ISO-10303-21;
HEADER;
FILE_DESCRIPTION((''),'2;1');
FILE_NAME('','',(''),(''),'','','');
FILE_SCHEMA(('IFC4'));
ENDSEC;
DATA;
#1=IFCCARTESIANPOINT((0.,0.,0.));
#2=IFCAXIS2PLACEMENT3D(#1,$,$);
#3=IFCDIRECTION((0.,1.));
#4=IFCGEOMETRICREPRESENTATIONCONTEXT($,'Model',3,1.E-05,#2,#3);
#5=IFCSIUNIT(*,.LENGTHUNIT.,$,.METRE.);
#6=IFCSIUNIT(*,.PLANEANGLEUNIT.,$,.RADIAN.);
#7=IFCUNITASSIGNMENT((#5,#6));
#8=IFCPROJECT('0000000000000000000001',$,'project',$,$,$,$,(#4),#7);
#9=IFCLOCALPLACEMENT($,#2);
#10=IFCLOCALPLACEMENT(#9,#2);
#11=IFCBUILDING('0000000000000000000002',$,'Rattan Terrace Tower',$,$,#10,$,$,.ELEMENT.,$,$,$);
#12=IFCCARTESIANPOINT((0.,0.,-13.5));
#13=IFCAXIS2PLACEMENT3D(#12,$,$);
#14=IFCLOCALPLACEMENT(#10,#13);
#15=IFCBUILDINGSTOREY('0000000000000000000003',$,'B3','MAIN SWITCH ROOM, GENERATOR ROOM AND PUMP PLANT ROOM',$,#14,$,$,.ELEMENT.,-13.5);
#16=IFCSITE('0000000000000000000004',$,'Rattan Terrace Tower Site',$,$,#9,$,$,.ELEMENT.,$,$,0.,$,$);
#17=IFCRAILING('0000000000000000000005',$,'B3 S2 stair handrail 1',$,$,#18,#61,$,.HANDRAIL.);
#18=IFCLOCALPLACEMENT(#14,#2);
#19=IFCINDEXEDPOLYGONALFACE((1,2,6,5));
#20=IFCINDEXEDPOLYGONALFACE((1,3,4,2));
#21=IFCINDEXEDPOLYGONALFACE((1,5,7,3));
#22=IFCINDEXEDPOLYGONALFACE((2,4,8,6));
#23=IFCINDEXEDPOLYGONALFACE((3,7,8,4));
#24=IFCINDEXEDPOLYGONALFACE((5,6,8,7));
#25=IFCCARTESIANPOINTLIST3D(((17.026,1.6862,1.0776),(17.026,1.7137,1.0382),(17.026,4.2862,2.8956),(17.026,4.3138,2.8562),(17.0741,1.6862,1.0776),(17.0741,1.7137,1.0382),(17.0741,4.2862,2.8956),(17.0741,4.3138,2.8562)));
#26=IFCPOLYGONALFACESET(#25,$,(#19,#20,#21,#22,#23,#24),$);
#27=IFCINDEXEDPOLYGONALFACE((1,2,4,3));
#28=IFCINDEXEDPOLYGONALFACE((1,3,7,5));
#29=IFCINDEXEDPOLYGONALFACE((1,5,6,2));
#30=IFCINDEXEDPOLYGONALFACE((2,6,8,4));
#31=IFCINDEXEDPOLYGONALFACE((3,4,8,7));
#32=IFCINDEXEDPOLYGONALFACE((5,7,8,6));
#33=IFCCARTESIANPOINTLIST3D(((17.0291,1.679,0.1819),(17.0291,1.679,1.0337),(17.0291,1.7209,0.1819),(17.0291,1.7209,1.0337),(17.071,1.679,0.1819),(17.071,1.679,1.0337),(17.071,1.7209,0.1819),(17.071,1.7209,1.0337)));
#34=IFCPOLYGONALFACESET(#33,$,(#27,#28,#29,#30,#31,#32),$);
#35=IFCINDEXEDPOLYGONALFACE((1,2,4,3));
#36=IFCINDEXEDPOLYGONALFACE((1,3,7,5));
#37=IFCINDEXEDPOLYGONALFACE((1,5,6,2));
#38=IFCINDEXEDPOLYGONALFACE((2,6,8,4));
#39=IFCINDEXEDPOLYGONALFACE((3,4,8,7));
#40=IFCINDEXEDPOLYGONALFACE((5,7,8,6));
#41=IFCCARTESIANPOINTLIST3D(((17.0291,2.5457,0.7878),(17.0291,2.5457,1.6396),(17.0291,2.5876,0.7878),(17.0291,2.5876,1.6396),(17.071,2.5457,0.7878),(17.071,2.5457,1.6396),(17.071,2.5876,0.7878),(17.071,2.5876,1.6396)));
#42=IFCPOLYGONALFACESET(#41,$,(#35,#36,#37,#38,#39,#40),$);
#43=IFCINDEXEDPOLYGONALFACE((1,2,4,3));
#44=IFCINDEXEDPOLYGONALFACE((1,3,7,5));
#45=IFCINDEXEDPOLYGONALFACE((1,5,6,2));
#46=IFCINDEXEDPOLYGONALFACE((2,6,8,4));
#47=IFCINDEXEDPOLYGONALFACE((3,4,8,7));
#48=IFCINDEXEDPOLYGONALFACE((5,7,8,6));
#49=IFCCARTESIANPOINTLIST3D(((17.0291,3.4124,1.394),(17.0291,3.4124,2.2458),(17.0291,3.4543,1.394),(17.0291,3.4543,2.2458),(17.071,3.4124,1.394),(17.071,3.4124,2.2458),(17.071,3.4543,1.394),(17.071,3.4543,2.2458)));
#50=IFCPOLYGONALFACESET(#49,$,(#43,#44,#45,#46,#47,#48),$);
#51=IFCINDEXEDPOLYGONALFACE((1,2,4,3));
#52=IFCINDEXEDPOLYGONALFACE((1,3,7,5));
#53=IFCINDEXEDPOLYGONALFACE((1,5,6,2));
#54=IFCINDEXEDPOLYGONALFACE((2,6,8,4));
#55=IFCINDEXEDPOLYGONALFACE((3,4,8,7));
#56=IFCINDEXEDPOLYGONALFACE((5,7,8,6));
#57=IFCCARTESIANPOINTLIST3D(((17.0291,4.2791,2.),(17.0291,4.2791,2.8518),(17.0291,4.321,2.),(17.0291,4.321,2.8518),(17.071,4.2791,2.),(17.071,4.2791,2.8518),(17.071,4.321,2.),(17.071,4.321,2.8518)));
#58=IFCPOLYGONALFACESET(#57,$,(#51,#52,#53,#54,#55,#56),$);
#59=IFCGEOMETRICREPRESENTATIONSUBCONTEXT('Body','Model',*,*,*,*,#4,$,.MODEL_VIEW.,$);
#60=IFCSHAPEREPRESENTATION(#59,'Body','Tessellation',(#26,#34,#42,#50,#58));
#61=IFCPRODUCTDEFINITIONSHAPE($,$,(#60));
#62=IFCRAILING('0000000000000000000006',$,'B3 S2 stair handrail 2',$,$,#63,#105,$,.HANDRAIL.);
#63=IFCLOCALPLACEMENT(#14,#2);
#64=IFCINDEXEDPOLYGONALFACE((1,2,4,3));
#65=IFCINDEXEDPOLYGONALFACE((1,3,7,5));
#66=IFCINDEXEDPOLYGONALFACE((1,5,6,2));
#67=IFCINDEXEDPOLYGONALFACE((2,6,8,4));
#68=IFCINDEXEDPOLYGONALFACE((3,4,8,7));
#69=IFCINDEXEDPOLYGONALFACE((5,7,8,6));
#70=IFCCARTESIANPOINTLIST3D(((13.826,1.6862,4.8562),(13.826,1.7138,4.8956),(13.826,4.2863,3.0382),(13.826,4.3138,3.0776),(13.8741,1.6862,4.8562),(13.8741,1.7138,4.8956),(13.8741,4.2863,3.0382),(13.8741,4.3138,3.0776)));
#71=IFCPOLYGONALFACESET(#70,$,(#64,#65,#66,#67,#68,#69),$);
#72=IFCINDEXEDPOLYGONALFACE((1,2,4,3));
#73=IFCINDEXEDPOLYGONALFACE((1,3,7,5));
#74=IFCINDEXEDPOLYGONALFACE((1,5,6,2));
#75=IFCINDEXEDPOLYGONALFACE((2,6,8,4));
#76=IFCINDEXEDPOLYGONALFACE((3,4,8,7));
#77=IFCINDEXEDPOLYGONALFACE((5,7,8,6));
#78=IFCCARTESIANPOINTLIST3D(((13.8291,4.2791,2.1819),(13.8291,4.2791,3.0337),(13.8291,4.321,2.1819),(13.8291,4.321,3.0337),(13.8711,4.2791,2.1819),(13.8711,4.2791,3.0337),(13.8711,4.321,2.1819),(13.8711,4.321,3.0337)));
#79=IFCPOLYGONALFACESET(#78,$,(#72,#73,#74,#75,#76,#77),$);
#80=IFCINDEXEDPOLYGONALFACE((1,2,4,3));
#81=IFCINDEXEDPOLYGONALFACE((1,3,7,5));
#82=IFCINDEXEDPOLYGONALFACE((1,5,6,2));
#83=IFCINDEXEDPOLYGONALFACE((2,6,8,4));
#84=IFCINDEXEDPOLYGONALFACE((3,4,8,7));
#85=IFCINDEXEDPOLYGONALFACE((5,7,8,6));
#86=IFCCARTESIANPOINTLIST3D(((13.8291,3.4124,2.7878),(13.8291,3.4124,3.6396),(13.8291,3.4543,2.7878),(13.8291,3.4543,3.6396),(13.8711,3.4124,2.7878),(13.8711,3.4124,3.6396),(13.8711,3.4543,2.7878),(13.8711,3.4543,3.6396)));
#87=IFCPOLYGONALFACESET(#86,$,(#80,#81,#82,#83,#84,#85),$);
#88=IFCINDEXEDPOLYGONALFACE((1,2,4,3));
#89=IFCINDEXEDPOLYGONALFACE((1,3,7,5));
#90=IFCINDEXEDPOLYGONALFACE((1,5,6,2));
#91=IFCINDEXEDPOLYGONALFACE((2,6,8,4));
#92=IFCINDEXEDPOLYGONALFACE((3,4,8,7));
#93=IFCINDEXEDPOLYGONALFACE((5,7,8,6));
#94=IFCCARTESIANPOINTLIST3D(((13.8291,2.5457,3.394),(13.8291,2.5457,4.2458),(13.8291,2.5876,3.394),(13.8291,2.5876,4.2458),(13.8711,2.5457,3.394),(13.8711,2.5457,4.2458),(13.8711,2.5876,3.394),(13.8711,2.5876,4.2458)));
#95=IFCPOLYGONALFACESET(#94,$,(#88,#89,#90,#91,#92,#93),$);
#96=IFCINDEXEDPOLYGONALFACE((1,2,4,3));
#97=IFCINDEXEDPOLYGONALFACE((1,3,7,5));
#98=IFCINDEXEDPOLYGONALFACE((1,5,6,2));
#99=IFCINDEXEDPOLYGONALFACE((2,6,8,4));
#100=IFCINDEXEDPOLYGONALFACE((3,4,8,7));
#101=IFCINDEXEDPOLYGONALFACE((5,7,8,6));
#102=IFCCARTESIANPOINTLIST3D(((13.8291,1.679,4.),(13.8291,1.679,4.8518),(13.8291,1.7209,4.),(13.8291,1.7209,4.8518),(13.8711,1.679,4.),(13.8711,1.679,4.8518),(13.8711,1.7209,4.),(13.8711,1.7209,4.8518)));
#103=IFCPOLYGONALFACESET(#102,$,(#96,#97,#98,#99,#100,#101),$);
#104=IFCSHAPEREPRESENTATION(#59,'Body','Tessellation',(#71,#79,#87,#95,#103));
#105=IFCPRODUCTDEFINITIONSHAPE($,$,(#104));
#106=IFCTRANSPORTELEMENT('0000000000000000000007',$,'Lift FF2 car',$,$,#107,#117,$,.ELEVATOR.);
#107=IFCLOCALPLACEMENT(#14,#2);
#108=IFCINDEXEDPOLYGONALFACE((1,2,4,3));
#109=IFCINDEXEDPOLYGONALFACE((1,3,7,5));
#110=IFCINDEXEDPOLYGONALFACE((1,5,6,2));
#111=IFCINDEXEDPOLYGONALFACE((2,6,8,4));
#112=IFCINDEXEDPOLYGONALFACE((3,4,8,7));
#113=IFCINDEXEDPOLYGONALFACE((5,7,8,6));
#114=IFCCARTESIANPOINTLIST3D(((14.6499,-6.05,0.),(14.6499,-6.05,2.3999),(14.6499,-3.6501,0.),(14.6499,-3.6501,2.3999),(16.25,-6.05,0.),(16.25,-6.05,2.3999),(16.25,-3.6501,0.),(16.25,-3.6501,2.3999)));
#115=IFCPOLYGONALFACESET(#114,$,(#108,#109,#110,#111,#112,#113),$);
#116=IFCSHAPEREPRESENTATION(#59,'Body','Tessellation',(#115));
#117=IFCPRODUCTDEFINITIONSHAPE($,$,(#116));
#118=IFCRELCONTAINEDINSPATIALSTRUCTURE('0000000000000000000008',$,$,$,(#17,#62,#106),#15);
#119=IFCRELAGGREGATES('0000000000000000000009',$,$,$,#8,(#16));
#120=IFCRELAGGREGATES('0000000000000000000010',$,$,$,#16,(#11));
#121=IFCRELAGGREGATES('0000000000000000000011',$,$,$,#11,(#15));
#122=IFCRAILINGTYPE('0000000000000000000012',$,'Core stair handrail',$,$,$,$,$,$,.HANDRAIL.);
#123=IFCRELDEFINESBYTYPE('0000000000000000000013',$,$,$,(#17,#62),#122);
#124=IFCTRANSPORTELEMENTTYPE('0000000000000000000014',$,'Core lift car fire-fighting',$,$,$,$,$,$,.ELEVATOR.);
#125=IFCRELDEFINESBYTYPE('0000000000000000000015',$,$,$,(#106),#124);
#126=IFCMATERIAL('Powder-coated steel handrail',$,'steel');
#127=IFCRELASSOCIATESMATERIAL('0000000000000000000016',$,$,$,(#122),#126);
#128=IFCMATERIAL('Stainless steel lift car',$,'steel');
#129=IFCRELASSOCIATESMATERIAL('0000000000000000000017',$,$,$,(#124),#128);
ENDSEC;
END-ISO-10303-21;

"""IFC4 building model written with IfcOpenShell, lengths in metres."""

from ifc_helpers import new_model, si_unit, direction, frame, origin, origin_2d, place, context, subcontext, project, spatial, rectangle, extrude, material, type_object, element, save


model = new_model("IFC4")

# Units and contexts
model_context = context("Model", 3, precision=1e-05, world=origin(), true_north=direction((0.0, 1.0)))
body_context = subcontext(model_context, "Body", "Model", "MODEL_VIEW")
ifc_project = project(units=[si_unit("LENGTHUNIT", "METRE"), si_unit("PLANEANGLEUNIT", "RADIAN")], contexts=[model_context])

# Site, building, storey
site_placement = place(None, origin())
site = spatial("IfcSite", under=ifc_project, at=site_placement, Name="Rattan Terrace Tower Site", CompositionType="ELEMENT", RefElevation=0.0)
building_placement = place(site_placement, origin())
building = spatial("IfcBuilding", under=site, at=building_placement, Name="Rattan Terrace Tower", CompositionType="ELEMENT")
storey_placement = place(building_placement, frame((0.0, 0.0, -13.5)))
storey = spatial("IfcBuildingStorey", under=building, at=storey_placement, Name="B3", Description="MAIN SWITCH ROOM, GENERATOR ROOM AND PUMP PLANT ROOM", CompositionType="ELEMENT", Elevation=-13.5)

# Railings
ifc_material_1 = material(Name="Powder-coated steel handrail", Category="steel")
railing_type_1 = type_object("IfcRailingType", Name="Core stair handrail", PredefinedType="HANDRAIL", material=ifc_material_1)
railing_1_placement = place(storey_placement, frame((17.05, 1.7, 0.1819)))
element("IfcRailing", 1, at=railing_1_placement, inside=storey, type_object=railing_type_1, Name="B3 S2 stair handrail 1", PredefinedType="HANDRAIL", context=body_context, shape_type="SweptSolid", body=[
    extrude(rectangle(XDim=0.0481, YDim=0.0481, at=origin_2d()), frame((0.0, 0.0, 0.876), z_axis=(0.0, 0.819521, 0.573049), x_axis=(-1.0, 0.0, 0.0)), (0.0, 0.0, 1.0), 3.1726),
    extrude(rectangle(XDim=0.042, YDim=0.042, at=origin_2d()), origin(), (0.0, 0.0, 1.0), 0.8518),
    extrude(rectangle(XDim=0.042, YDim=0.042, at=origin_2d()), frame((0.0, 0.8667, 0.606)), (0.0, 0.0, 1.0), 0.8518),
    extrude(rectangle(XDim=0.042, YDim=0.042, at=origin_2d()), frame((0.0, 1.7334, 1.2122)), (0.0, 0.0, 1.0), 0.8518),
    extrude(rectangle(XDim=0.042, YDim=0.042, at=origin_2d()), frame((0.0, 2.6001, 1.8181)), (0.0, 0.0, 1.0), 0.8518),
])
railing_2_placement = place(storey_placement, frame((13.8501, 4.3, 2.1819)))
element("IfcRailing", 2, at=railing_2_placement, inside=storey, type_object=railing_type_1, Name="B3 S2 stair handrail 2", PredefinedType="HANDRAIL", context=body_context, shape_type="SweptSolid", body=[
    extrude(rectangle(XDim=0.0481, YDim=0.0481, at=origin_2d()), frame((0.0, 0.0, 0.876), z_axis=(0.0, -0.819521, 0.573049), x_axis=(1.0, 0.0, 0.0)), (0.0, 0.0, 1.0), 3.1726),
    extrude(rectangle(XDim=0.042, YDim=0.042, at=origin_2d()), origin(), (0.0, 0.0, 1.0), 0.8518),
    extrude(rectangle(XDim=0.042, YDim=0.042, at=origin_2d()), frame((0.0, -0.8667, 0.606)), (0.0, 0.0, 1.0), 0.8518),
    extrude(rectangle(XDim=0.042, YDim=0.042, at=origin_2d()), frame((0.0, -1.7334, 1.2122)), (0.0, 0.0, 1.0), 0.8518),
    extrude(rectangle(XDim=0.042, YDim=0.042, at=origin_2d()), frame((0.0, -2.6001, 1.8181)), (0.0, 0.0, 1.0), 0.8518),
])

# Transport element
ifc_material_2 = material(Name="Stainless steel lift car", Category="steel")
transport_element_type = type_object("IfcTransportElementType", Name="Core lift car fire-fighting", PredefinedType="ELEVATOR", material=ifc_material_2)
transport_element_placement = place(storey_placement, frame((15.45, -4.8501, 0.0), z_axis=(0.0, 0.0, 1.0), x_axis=(1.0, 0.0, 0.0)))
element("IfcTransportElement", 3, at=transport_element_placement, inside=storey, type_object=transport_element_type, Name="Lift FF2 car", PredefinedType="ELEVATOR", context=body_context, shape_type="SweptSolid", body=[
    extrude(rectangle(XDim=1.6001, YDim=2.3999, at=origin_2d()), origin(), (0.0, 0.0, 1.0), 2.3999),
])

save(model, "model.ifc")
